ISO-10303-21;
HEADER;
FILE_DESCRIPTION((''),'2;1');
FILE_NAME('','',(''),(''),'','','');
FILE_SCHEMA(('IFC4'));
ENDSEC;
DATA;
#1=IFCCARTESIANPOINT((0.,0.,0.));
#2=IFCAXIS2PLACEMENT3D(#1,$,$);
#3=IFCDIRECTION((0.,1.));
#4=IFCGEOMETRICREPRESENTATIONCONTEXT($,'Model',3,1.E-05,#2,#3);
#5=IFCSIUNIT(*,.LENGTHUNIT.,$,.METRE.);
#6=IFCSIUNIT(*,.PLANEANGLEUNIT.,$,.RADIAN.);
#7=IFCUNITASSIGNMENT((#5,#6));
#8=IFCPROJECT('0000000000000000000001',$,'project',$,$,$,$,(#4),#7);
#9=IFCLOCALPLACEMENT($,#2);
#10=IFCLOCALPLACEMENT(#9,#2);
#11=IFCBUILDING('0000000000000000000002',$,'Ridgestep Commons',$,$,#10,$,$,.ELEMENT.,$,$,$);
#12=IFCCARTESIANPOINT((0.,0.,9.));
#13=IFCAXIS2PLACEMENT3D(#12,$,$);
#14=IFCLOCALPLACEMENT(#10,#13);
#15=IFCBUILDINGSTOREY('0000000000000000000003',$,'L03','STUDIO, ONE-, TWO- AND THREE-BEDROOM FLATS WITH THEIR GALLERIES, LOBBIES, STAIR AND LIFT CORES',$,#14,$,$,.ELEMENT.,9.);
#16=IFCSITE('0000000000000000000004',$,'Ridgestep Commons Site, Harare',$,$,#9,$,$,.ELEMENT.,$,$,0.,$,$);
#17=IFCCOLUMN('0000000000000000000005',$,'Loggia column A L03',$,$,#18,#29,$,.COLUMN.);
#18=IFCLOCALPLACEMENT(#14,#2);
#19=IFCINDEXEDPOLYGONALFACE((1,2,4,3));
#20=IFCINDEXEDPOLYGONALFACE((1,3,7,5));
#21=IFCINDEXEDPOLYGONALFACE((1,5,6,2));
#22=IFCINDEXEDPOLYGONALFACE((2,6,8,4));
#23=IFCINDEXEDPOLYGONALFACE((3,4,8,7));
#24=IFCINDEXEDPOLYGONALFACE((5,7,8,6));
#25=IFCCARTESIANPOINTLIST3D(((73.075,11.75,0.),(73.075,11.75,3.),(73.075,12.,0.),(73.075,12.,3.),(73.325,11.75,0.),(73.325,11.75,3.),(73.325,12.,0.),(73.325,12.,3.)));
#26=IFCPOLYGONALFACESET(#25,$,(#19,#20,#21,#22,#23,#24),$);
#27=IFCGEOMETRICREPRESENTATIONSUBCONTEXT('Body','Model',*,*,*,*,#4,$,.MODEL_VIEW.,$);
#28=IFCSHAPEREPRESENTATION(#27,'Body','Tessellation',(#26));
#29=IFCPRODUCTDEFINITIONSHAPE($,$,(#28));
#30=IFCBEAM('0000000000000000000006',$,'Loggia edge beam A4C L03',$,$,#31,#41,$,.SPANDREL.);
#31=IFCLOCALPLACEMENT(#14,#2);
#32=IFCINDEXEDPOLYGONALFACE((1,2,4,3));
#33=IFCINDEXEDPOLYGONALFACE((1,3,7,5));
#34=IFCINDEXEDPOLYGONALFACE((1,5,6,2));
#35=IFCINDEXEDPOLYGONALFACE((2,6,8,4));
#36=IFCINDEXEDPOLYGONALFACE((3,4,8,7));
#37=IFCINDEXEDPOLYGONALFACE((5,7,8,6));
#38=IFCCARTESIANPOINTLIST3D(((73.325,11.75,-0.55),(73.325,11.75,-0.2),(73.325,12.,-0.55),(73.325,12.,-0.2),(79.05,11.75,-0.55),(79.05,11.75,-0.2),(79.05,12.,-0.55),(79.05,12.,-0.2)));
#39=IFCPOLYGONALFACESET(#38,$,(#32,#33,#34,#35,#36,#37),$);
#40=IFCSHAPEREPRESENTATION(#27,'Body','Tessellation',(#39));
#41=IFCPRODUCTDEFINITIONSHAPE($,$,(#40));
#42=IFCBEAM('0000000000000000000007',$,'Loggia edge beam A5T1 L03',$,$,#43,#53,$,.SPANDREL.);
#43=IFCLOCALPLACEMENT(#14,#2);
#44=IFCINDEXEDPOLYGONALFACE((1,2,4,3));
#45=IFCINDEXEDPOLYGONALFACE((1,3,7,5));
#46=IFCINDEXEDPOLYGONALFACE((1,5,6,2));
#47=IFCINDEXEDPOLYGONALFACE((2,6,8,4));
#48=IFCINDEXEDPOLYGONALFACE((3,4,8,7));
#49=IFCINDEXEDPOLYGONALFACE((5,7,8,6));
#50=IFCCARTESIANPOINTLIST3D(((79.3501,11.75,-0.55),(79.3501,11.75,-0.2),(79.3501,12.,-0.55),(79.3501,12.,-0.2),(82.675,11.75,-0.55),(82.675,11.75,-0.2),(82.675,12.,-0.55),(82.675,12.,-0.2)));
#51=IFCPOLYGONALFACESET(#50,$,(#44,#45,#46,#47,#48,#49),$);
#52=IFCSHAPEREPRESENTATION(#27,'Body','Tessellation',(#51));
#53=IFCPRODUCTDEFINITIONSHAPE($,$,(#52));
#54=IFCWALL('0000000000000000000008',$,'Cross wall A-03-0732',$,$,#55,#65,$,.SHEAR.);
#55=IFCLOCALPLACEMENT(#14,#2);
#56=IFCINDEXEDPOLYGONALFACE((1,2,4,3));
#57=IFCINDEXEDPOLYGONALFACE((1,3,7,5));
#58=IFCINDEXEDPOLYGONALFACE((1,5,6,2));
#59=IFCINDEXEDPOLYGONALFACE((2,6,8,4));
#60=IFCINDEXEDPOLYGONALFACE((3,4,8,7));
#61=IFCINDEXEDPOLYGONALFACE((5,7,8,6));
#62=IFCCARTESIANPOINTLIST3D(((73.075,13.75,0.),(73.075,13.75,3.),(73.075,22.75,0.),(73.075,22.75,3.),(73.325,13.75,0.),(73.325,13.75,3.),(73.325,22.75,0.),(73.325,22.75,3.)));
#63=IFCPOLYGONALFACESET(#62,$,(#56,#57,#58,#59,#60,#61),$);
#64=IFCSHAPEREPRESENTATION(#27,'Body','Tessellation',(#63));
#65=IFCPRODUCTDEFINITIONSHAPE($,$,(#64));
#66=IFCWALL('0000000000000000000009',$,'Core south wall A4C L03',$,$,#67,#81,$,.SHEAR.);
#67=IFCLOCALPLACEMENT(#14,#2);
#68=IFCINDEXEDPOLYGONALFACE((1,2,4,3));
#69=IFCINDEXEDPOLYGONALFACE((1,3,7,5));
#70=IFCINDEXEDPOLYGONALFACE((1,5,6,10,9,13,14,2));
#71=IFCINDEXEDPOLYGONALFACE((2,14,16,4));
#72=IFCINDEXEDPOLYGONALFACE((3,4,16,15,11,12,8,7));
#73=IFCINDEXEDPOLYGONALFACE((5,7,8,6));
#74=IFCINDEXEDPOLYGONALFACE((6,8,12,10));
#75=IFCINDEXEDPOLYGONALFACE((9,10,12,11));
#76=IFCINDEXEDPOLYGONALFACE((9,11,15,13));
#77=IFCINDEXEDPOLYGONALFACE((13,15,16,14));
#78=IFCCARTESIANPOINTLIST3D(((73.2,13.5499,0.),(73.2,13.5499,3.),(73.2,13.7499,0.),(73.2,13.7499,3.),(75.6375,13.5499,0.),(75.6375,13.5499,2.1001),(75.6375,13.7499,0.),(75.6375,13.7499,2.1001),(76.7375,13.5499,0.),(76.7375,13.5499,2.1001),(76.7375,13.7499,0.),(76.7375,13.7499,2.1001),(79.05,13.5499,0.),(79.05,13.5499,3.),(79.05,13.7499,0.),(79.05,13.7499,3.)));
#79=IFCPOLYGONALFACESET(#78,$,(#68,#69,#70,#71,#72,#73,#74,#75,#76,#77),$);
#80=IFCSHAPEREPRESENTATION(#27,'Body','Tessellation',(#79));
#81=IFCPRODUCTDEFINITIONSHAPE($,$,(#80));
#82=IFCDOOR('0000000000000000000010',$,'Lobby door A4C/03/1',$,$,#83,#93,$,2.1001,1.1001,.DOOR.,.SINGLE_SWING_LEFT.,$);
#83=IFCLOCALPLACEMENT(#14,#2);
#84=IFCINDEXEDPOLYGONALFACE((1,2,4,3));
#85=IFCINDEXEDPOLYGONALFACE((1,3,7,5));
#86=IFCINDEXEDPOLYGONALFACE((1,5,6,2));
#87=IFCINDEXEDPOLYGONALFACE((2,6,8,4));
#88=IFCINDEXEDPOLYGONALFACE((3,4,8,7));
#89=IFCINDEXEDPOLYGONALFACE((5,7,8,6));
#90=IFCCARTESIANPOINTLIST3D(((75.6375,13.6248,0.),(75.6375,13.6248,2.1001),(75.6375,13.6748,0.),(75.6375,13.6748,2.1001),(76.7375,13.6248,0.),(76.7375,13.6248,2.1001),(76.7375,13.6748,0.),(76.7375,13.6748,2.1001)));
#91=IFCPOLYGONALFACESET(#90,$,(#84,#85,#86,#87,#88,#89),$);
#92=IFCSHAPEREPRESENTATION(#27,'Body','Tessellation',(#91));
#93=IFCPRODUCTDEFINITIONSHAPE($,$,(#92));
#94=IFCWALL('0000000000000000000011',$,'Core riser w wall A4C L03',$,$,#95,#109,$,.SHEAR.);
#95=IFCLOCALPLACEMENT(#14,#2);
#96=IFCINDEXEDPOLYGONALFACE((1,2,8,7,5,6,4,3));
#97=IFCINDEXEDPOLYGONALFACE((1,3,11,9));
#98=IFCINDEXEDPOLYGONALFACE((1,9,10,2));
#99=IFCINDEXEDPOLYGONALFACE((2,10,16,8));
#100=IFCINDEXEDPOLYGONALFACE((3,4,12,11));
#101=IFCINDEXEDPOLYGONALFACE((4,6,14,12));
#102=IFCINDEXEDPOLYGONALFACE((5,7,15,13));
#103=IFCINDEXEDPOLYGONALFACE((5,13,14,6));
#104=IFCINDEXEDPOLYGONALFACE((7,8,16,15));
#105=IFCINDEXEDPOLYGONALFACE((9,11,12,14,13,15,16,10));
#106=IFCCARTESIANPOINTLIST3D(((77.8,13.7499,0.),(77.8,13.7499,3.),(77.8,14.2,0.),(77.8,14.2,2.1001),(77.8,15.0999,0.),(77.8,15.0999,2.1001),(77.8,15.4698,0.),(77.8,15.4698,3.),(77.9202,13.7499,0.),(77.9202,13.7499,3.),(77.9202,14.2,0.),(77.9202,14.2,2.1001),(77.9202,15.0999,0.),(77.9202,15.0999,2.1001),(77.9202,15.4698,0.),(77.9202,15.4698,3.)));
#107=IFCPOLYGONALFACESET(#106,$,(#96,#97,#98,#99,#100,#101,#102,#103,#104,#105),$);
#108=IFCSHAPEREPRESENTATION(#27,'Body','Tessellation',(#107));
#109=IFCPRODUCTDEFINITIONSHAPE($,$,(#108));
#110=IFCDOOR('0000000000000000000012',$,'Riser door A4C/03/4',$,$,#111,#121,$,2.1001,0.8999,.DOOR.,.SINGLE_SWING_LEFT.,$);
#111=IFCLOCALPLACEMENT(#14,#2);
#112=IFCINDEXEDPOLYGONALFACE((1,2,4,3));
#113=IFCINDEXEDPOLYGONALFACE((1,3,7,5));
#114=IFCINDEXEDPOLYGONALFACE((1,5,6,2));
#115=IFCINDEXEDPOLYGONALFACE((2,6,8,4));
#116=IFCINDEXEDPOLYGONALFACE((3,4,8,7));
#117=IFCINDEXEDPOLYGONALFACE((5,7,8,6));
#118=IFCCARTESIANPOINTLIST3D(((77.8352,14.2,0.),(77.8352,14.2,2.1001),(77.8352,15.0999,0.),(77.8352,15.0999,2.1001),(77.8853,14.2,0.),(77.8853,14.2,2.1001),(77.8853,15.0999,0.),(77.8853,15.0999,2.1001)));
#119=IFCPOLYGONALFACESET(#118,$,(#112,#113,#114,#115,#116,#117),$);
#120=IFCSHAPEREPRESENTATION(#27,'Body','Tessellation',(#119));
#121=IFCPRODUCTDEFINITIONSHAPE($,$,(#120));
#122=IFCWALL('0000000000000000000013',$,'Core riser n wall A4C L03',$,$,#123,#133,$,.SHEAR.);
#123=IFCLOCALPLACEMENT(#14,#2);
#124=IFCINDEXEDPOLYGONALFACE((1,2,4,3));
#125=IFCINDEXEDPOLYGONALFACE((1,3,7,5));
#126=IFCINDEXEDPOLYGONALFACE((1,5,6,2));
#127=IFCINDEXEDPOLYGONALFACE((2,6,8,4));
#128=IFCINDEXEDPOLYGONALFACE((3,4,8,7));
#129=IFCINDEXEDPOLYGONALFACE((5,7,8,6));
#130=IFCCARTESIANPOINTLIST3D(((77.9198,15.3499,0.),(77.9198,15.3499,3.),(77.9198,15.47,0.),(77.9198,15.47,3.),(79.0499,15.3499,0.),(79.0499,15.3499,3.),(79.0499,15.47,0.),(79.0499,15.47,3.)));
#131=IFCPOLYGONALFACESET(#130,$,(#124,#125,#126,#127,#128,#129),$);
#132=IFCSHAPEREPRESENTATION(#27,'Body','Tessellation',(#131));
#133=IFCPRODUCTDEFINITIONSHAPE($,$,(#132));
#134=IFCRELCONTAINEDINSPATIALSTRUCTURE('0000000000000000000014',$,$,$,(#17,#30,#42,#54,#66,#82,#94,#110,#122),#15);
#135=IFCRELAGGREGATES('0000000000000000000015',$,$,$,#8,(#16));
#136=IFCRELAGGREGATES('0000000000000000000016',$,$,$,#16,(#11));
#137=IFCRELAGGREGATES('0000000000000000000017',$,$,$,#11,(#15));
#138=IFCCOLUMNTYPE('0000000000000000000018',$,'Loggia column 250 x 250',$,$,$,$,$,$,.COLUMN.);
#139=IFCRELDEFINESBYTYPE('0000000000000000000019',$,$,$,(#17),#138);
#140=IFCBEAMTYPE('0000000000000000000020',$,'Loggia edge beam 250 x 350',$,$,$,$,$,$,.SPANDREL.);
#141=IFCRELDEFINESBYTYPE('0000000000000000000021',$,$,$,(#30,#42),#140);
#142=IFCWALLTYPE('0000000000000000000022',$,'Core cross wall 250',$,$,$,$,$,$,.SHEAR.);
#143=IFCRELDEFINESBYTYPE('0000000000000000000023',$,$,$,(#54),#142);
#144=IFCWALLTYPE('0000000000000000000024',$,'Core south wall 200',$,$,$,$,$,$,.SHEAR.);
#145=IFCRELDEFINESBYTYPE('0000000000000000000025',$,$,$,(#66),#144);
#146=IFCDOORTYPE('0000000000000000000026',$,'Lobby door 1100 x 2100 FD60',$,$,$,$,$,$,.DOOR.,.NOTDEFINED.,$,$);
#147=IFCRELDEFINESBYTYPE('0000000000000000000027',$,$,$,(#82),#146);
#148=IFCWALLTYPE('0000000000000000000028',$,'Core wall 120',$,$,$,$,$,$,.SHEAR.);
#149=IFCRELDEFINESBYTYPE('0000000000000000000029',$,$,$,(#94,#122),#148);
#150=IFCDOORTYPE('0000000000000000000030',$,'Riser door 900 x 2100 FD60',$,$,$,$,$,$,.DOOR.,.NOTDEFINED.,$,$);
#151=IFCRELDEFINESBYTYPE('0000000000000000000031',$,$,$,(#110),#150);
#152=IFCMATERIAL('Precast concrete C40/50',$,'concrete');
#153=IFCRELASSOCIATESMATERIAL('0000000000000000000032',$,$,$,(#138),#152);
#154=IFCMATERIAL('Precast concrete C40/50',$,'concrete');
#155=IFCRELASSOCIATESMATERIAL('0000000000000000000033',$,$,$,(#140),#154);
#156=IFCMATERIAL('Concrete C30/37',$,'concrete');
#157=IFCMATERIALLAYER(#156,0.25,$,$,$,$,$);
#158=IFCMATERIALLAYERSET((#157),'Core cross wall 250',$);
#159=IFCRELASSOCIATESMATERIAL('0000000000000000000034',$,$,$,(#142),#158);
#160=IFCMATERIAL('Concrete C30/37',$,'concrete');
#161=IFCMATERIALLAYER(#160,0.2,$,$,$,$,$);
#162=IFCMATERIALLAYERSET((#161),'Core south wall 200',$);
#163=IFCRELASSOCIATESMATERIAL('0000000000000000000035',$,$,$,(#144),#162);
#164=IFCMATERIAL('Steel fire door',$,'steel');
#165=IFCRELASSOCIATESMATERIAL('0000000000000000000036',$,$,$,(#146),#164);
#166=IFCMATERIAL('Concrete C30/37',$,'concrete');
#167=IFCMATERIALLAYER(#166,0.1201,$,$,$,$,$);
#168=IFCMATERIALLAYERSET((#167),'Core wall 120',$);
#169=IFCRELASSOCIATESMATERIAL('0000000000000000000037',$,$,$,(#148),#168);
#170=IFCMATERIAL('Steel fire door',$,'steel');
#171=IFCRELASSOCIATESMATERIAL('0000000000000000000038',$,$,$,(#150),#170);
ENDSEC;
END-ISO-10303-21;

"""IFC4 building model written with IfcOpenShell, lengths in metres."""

from ifc_helpers import new_model, si_unit, direction, frame, frame_2d, origin, origin_2d, place, context, subcontext, project, spatial, rectangle, extrude, material, layer, layer_set, material_profile, profile_set, type_object, element, fill, save


model = new_model("IFC4")

# Units and contexts
model_context = context("Model", 3, precision=1e-05, world=origin(), true_north=direction((0.0, 1.0)))
body_context = subcontext(model_context, "Body", "Model", "MODEL_VIEW")
ifc_project = project(units=[si_unit("LENGTHUNIT", "METRE"), si_unit("PLANEANGLEUNIT", "RADIAN")], contexts=[model_context])

# Site, building, storey
site_placement = place(None, origin())
site = spatial("IfcSite", under=ifc_project, at=site_placement, Name="Ridgestep Commons Site, Harare", CompositionType="ELEMENT", RefElevation=0.0)
building_placement = place(site_placement, origin())
building = spatial("IfcBuilding", under=site, at=building_placement, Name="Ridgestep Commons", CompositionType="ELEMENT")
storey_placement = place(building_placement, frame((0.0, 0.0, 9.0)))
storey = spatial("IfcBuildingStorey", under=building, at=storey_placement, Name="L03", Description="STUDIO, ONE-, TWO- AND THREE-BEDROOM FLATS WITH THEIR GALLERIES, LOBBIES, STAIR AND LIFT CORES", CompositionType="ELEMENT", Elevation=9.0)

# Column
ifc_material_1 = material(Name="Precast concrete C40/50", Category="concrete")
ifc_material_profile_1 = material_profile(ifc_material_1, rectangle(XDim=0.25, YDim=0.25, at=origin_2d()), Name="PC 250x250")
ifc_profile_set_1 = profile_set([ifc_material_profile_1], Name="Precast concrete C40/50")
column_type = type_object("IfcColumnType", Name="Loggia column 250 x 250", PredefinedType="COLUMN", material=ifc_profile_set_1)
column_placement = place(storey_placement, frame((73.2, 11.875, 0.0), z_axis=(0.0, 0.0, 1.0), x_axis=(1.0, 0.0, 0.0)))
element("IfcColumn", 1, at=column_placement, inside=storey, type_object=column_type, Name="Loggia column A L03", PredefinedType="COLUMN", context=body_context, shape_type="SweptSolid", body=[
    extrude(rectangle(XDim=0.25, YDim=0.25, at=origin_2d()), origin(), (0.0, 0.0, 1.0), 3.0),
])

# Beams
ifc_material_2 = material(Name="Precast concrete C40/50", Category="concrete")
ifc_material_profile_2 = material_profile(ifc_material_2, rectangle(XDim=0.25, YDim=0.3501, at=origin_2d()), Name="PC 250x350")
ifc_profile_set_2 = profile_set([ifc_material_profile_2], Name="Precast concrete C40/50")
beam_type = type_object("IfcBeamType", Name="Loggia edge beam 250 x 350", PredefinedType="SPANDREL", material=ifc_profile_set_2)
beam_1_placement = place(storey_placement, frame((73.325, 11.875, -0.375), z_axis=(1.0, 0.0, 0.0), x_axis=(0.0, 1.0, 0.0)))
element("IfcBeam", 2, at=beam_1_placement, inside=storey, type_object=beam_type, Name="Loggia edge beam A4C L03", PredefinedType="SPANDREL", context=body_context, shape_type="SweptSolid", body=[
    extrude(rectangle(XDim=0.25, YDim=0.3501, at=origin_2d()), origin(), (0.0, 0.0, 1.0), 5.7251),
])
beam_2_placement = place(storey_placement, frame((79.3501, 11.875, -0.375), z_axis=(1.0, 0.0, 0.0), x_axis=(0.0, 1.0, 0.0)))
element("IfcBeam", 3, at=beam_2_placement, inside=storey, type_object=beam_type, Name="Loggia edge beam A5T1 L03", PredefinedType="SPANDREL", context=body_context, shape_type="SweptSolid", body=[
    extrude(rectangle(XDim=0.25, YDim=0.3501, at=origin_2d()), origin(), (0.0, 0.0, 1.0), 3.325),
])

# Wall
ifc_material_3 = material(Name="Concrete C30/37", Category="concrete")
ifc_layer_1 = layer(ifc_material_3, 0.25)
ifc_layer_set_1 = layer_set([ifc_layer_1], Name="Core cross wall 250")
wall_type_1 = type_object("IfcWallType", Name="Core cross wall 250", PredefinedType="SHEAR", material=ifc_layer_set_1)
wall_1_placement = place(storey_placement, frame((73.2, 13.75, 0.0), z_axis=(0.0, 0.0, 1.0), x_axis=(0.0, 1.0, 0.0)))
element("IfcWall", 4, at=wall_1_placement, inside=storey, type_object=wall_type_1, Name="Cross wall A-03-0732", PredefinedType="SHEAR", context=body_context, shape_type="SweptSolid", body=[
    extrude(rectangle(XDim=9.0, YDim=0.25, at=frame_2d((4.5, 0.0))), origin(), (0.0, 0.0, 1.0), 3.0),
])

# Walls, openings, doors
ifc_material_4 = material(Name="Concrete C30/37", Category="concrete")
ifc_layer_2 = layer(ifc_material_4, 0.2)
ifc_layer_set_2 = layer_set([ifc_layer_2], Name="Core south wall 200")
wall_type_2 = type_object("IfcWallType", Name="Core south wall 200", PredefinedType="SHEAR", material=ifc_layer_set_2)
wall_2_placement = place(storey_placement, frame((73.2, 13.6499, 0.0), z_axis=(0.0, 0.0, 1.0), x_axis=(1.0, 0.0, 0.0)))
wall_2 = element("IfcWall", 5, at=wall_2_placement, inside=storey, type_object=wall_type_2, Name="Core south wall A4C L03", PredefinedType="SHEAR", context=body_context, shape_type="SweptSolid", body=[
    extrude(rectangle(XDim=5.8501, YDim=0.2, at=frame_2d((2.925, 0.0))), origin(), (0.0, 0.0, 1.0), 3.0),
])
opening_1_placement = place(wall_2_placement, frame((2.4375, 0.0, 0.0)))
opening_1 = element("IfcOpeningElement", 6, at=opening_1_placement, cuts=wall_2, PredefinedType="OPENING", context=body_context, shape_type="SweptSolid", body=[
    extrude(rectangle(XDim=1.1001, YDim=2.1001, at=frame_2d((0.55, 1.05))), frame((0.0, 0.1099, 0.0), z_axis=(0.0, -1.0, 0.0), x_axis=(1.0, 0.0, 0.0)), (0.0, 0.0, 1.0), 0.22),
])
ifc_material_5 = material(Name="Steel fire door", Category="steel")
door_type_1 = type_object("IfcDoorType", Name="Lobby door 1100 x 2100 FD60", OperationType="NOTDEFINED", PredefinedType="DOOR", material=ifc_material_5)
door_1_placement = place(opening_1_placement, origin())
door_1 = element("IfcDoor", 7, at=door_1_placement, inside=storey, type_object=door_type_1, Name="Lobby door A4C/03/1", OperationType="SINGLE_SWING_LEFT", OverallHeight=2.1001, OverallWidth=1.1001, PredefinedType="DOOR", context=body_context, shape_type="SweptSolid", body=[
    extrude(rectangle(XDim=1.1001, YDim=2.1001, at=frame_2d((0.55, 1.05))), frame((0.0, 0.0249, 0.0), z_axis=(0.0, -1.0, 0.0), x_axis=(1.0, 0.0, 0.0)), (0.0, 0.0, 1.0), 0.05),
])
fill(opening_1, door_1)
ifc_material_6 = material(Name="Concrete C30/37", Category="concrete")
ifc_layer_3 = layer(ifc_material_6, 0.1201)
ifc_layer_set_3 = layer_set([ifc_layer_3], Name="Core wall 120")
wall_type_3 = type_object("IfcWallType", Name="Core wall 120", PredefinedType="SHEAR", material=ifc_layer_set_3)
wall_3_placement = place(storey_placement, frame((77.8601, 13.75, 0.0), z_axis=(0.0, 0.0, 1.0), x_axis=(0.0, 1.0, 0.0)))
wall_3 = element("IfcWall", 8, at=wall_3_placement, inside=storey, type_object=wall_type_3, Name="Core riser w wall A4C L03", PredefinedType="SHEAR", context=body_context, shape_type="SweptSolid", body=[
    extrude(rectangle(XDim=1.72, YDim=0.1201, at=frame_2d((0.8599, 0.0))), origin(), (0.0, 0.0, 1.0), 3.0),
])
opening_2_placement = place(wall_3_placement, frame((0.45, 0.0, 0.0)))
opening_2 = element("IfcOpeningElement", 9, at=opening_2_placement, cuts=wall_3, PredefinedType="OPENING", context=body_context, shape_type="SweptSolid", body=[
    extrude(rectangle(XDim=0.8999, YDim=2.1001, at=frame_2d((0.45, 1.05))), frame((0.0, 0.0701, 0.0), z_axis=(0.0, -1.0, 0.0), x_axis=(1.0, 0.0, 0.0)), (0.0, 0.0, 1.0), 0.1401),
])
ifc_material_7 = material(Name="Steel fire door", Category="steel")
door_type_2 = type_object("IfcDoorType", Name="Riser door 900 x 2100 FD60", OperationType="NOTDEFINED", PredefinedType="DOOR", material=ifc_material_7)
door_2_placement = place(opening_2_placement, origin())
door_2 = element("IfcDoor", 10, at=door_2_placement, inside=storey, type_object=door_type_2, Name="Riser door A4C/03/4", OperationType="SINGLE_SWING_LEFT", OverallHeight=2.1001, OverallWidth=0.8999, PredefinedType="DOOR", context=body_context, shape_type="SweptSolid", body=[
    extrude(rectangle(XDim=0.8999, YDim=2.1001, at=frame_2d((0.45, 1.05))), frame((0.0, 0.0249, 0.0), z_axis=(0.0, -1.0, 0.0), x_axis=(1.0, 0.0, 0.0)), (0.0, 0.0, 1.0), 0.05),
])
fill(opening_2, door_2)

# Wall
wall_4_placement = place(storey_placement, frame((77.9199, 15.4099, 0.0), z_axis=(0.0, 0.0, 1.0), x_axis=(1.0, 0.0, 0.0)))
element("IfcWall", 11, at=wall_4_placement, inside=storey, type_object=wall_type_3, Name="Core riser n wall A4C L03", PredefinedType="SHEAR", context=body_context, shape_type="SweptSolid", body=[
    extrude(rectangle(XDim=1.1301, YDim=0.1201, at=frame_2d((0.5649, 0.0))), origin(), (0.0, 0.0, 1.0), 3.0),
])

save(model, "model.ifc")
